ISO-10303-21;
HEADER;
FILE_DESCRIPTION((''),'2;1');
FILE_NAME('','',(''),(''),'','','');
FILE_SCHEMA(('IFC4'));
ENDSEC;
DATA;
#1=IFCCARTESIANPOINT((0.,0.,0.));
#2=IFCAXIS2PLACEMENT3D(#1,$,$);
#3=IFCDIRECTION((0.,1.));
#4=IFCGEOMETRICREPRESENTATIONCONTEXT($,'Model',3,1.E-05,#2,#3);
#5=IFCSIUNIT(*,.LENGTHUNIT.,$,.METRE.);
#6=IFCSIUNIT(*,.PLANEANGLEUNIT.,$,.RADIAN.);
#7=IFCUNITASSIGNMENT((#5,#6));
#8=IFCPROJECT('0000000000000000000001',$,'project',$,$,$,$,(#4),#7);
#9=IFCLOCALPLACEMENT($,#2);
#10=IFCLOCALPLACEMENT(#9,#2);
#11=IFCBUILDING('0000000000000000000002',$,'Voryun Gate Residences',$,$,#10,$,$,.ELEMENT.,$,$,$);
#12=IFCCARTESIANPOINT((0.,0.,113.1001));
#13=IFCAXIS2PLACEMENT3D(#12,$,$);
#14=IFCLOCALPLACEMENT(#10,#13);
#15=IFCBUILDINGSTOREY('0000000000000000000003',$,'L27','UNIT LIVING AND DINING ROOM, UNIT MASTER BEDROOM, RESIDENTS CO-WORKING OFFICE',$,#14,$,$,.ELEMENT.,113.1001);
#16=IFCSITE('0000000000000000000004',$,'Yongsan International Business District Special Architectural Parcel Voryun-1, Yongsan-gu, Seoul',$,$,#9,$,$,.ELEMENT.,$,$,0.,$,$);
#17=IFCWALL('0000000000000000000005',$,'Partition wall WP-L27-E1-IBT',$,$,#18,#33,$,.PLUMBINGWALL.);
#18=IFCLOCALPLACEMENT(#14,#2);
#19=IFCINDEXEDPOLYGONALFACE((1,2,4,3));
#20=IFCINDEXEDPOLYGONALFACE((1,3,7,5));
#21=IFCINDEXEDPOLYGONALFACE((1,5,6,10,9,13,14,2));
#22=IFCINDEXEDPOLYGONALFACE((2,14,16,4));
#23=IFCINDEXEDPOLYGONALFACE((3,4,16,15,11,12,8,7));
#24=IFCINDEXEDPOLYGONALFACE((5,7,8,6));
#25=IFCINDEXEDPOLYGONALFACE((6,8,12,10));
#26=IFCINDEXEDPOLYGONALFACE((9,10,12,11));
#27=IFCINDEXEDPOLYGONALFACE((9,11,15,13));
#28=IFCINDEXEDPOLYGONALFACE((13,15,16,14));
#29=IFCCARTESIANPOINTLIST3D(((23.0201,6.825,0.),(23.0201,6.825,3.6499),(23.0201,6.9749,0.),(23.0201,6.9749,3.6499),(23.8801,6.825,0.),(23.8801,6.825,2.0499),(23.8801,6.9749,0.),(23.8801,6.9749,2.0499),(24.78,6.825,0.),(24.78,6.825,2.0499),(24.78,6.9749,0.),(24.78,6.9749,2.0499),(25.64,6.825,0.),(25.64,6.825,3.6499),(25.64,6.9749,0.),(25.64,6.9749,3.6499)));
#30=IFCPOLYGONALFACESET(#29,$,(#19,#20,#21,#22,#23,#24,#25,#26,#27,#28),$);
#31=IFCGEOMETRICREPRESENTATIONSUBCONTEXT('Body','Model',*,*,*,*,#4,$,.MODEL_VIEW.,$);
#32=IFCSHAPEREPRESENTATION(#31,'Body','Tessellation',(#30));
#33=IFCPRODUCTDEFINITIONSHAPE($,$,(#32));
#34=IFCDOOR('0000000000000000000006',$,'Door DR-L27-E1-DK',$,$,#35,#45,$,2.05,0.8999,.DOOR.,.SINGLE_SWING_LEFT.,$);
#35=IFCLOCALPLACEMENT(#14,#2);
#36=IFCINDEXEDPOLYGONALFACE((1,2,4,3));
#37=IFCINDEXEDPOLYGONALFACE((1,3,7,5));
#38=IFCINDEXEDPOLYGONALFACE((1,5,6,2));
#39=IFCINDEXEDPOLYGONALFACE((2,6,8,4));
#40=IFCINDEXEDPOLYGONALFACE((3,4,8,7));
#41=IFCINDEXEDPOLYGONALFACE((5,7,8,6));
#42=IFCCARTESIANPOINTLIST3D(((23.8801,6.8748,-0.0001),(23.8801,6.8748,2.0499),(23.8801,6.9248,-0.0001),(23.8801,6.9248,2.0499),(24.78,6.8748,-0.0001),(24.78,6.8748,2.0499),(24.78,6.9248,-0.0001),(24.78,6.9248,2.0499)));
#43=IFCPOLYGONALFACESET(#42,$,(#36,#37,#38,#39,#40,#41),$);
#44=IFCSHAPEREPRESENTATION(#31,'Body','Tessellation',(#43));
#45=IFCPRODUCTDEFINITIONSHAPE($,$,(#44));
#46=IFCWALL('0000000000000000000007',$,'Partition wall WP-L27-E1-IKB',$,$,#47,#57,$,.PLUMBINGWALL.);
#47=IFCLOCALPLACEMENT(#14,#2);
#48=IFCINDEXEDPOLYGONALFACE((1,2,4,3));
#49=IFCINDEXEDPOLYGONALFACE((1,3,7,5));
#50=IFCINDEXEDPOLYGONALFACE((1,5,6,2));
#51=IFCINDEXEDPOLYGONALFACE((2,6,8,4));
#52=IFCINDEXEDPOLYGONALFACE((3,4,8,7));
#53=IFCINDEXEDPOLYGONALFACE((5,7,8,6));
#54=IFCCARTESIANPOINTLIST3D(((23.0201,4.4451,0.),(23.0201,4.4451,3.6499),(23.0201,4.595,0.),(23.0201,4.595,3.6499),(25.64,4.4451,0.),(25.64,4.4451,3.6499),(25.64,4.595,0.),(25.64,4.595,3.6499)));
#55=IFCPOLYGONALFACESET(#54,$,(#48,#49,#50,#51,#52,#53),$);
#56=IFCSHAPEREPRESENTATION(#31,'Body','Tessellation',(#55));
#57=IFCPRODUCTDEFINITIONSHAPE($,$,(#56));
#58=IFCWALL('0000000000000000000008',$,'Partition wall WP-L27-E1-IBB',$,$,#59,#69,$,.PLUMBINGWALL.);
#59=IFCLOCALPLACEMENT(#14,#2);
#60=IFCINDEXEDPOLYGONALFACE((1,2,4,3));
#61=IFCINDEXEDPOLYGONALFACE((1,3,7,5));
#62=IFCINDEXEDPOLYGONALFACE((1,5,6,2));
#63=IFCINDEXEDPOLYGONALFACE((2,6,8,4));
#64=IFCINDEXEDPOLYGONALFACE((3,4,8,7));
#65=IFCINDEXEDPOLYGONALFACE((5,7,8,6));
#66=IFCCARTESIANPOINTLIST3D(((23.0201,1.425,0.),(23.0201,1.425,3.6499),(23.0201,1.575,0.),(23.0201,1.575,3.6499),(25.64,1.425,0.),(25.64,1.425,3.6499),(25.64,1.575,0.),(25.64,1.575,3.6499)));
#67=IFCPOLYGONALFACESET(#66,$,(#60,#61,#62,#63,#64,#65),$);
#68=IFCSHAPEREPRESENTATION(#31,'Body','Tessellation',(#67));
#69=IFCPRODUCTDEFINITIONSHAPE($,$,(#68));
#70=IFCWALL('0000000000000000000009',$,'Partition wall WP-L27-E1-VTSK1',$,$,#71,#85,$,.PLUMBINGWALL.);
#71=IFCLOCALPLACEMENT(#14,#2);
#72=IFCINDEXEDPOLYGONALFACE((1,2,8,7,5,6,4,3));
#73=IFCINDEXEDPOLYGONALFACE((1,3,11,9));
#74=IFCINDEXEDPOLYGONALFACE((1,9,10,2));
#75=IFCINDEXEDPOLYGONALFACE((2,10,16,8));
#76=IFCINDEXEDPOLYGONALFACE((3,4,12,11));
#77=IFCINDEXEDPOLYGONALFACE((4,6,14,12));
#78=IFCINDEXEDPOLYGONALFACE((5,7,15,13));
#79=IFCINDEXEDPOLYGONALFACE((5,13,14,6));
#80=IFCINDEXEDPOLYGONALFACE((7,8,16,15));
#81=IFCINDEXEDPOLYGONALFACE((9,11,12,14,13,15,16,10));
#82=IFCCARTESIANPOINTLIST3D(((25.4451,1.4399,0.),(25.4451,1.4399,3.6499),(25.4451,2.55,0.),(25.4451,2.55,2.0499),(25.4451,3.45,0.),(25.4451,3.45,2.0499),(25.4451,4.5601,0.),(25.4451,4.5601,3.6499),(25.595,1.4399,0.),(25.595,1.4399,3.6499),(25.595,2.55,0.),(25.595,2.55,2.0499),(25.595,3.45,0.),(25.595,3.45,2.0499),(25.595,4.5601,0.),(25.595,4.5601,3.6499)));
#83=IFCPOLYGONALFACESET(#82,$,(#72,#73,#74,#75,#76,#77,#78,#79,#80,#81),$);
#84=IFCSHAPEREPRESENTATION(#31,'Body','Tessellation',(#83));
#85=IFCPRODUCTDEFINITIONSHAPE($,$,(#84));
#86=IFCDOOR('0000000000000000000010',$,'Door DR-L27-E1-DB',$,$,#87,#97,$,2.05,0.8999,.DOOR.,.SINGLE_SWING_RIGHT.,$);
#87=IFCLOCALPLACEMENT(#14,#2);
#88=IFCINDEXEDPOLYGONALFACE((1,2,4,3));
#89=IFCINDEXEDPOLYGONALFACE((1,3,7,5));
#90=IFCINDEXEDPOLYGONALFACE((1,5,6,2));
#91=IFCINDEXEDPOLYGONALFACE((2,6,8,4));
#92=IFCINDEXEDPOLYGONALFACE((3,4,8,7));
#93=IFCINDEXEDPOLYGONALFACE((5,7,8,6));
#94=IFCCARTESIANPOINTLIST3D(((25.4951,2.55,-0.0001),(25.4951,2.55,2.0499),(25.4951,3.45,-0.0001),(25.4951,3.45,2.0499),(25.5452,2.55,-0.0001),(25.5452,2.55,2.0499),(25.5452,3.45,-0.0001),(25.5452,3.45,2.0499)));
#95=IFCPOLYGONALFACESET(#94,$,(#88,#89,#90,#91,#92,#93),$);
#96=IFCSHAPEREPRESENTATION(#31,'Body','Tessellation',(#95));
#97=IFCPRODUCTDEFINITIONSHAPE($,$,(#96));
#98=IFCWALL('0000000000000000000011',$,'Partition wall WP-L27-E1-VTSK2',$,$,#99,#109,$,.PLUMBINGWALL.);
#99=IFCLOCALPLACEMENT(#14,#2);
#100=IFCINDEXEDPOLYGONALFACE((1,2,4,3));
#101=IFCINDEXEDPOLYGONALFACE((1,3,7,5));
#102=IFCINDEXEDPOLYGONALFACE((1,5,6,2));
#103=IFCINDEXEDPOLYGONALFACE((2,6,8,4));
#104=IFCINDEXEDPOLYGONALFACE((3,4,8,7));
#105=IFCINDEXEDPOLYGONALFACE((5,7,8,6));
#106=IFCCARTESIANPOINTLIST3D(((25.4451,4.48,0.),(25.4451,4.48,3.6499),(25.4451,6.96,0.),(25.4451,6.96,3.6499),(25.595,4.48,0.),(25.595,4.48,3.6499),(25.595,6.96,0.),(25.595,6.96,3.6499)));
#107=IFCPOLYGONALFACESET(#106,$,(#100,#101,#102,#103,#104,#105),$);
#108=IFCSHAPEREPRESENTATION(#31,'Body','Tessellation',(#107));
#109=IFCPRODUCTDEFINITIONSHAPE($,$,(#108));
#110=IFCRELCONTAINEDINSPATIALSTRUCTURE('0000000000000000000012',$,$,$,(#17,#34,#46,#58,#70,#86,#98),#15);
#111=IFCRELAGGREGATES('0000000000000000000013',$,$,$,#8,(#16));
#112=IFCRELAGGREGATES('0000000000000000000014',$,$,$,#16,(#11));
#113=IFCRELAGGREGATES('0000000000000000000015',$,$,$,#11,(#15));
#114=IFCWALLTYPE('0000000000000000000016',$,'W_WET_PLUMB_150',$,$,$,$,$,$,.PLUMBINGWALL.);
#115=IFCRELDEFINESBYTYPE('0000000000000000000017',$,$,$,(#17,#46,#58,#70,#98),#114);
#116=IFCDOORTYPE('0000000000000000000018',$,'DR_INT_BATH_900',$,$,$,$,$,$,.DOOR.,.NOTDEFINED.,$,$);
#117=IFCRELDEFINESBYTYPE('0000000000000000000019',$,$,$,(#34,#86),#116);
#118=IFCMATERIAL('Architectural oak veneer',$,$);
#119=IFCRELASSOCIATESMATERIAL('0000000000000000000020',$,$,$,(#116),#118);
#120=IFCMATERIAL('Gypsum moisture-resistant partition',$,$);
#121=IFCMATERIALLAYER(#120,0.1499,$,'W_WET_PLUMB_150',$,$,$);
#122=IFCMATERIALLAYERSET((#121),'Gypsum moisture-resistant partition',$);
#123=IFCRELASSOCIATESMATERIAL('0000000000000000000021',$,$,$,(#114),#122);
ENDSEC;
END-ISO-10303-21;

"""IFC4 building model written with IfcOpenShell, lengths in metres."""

from ifc_helpers import new_model, si_unit, direction, frame, frame_2d, origin, place, context, subcontext, project, spatial, rectangle, extrude, material, layer, layer_set, type_object, element, fill, save


model = new_model("IFC4")

# Units and contexts
model_context = context("Model", 3, precision=1e-05, world=origin(), true_north=direction((0.0, 1.0)))
body_context = subcontext(model_context, "Body", "Model", "MODEL_VIEW")
ifc_project = project(units=[si_unit("LENGTHUNIT", "METRE"), si_unit("PLANEANGLEUNIT", "RADIAN")], contexts=[model_context])

# Site, building, storey
site_placement = place(None, origin())
site = spatial("IfcSite", under=ifc_project, at=site_placement, Name="Yongsan International Business District Special Architectural Parcel Voryun-1, Yongsan-gu, Seoul", CompositionType="ELEMENT", RefElevation=0.0)
building_placement = place(site_placement, origin())
building = spatial("IfcBuilding", under=site, at=building_placement, Name="Voryun Gate Residences", CompositionType="ELEMENT")
storey_placement = place(building_placement, frame((0.0, 0.0, 113.1001)))
storey = spatial("IfcBuildingStorey", under=building, at=storey_placement, Name="L27", Description="UNIT LIVING AND DINING ROOM, UNIT MASTER BEDROOM, RESIDENTS CO-WORKING OFFICE", CompositionType="ELEMENT", Elevation=113.1001)

# Wall, opening, door
ifc_material_1 = material(Name="Architectural oak veneer")
door_type_1 = type_object("IfcDoorType", Name="DR_INT_BATH_900", OperationType="NOTDEFINED", PredefinedType="DOOR", material=ifc_material_1)
ifc_material_2 = material(Name="Gypsum moisture-resistant partition")
ifc_layer_1 = layer(ifc_material_2, 0.1499, Name="W_WET_PLUMB_150")
ifc_layer_set_1 = layer_set([ifc_layer_1], Name="Gypsum moisture-resistant partition")
wall_type_1 = type_object("IfcWallType", Name="W_WET_PLUMB_150", PredefinedType="PLUMBINGWALL", material=ifc_layer_set_1)
wall_1_placement = place(storey_placement, frame((23.02, 6.8999, 0.0), z_axis=(0.0, 0.0, 1.0), x_axis=(1.0, 0.0, 0.0)))
wall_1 = element("IfcWall", 1, at=wall_1_placement, inside=storey, type_object=wall_type_1, Name="Partition wall WP-L27-E1-IBT", PredefinedType="PLUMBINGWALL", context=body_context, shape_type="SweptSolid", body=[
    extrude(rectangle(XDim=2.6199, YDim=0.1499, at=frame_2d((1.3101, 0.0))), origin(), (0.0, 0.0, 1.0), 3.6499),
])
opening_1_placement = place(wall_1_placement, frame((0.8601, 0.0, 0.0)))
opening_1 = element("IfcOpeningElement", 2, at=opening_1_placement, cuts=wall_1, PredefinedType="OPENING", context=body_context, shape_type="SweptSolid", body=[
    extrude(rectangle(XDim=0.8999, YDim=2.05, at=frame_2d((0.45, 1.0249))), frame((0.0, 0.085, 0.0), z_axis=(0.0, -1.0, 0.0), x_axis=(1.0, 0.0, 0.0)), (0.0, 0.0, 1.0), 0.1699),
])
door_1_placement = place(opening_1_placement, origin())
door_1 = element("IfcDoor", 3, at=door_1_placement, inside=storey, type_object=door_type_1, Name="Door DR-L27-E1-DK", OperationType="SINGLE_SWING_LEFT", OverallHeight=2.05, OverallWidth=0.8999, PredefinedType="DOOR", context=body_context, shape_type="SweptSolid", body=[
    extrude(rectangle(XDim=0.8999, YDim=2.05, at=frame_2d((0.45, 1.0249))), frame((0.0, 0.0249, 0.0), z_axis=(0.0, -1.0, 0.0), x_axis=(1.0, 0.0, 0.0)), (0.0, 0.0, 1.0), 0.05),
])
fill(opening_1, door_1)

# Walls
for number, where, z_axis, x_axis, name in (
    (4, (23.02, 4.52, 0.0), (0.0, 0.0, 1.0), (1.0, 0.0, 0.0), "Partition wall WP-L27-E1-IKB"),
    (5, (23.02, 1.5, 0.0), (0.0, 0.0, 1.0), (1.0, 0.0, 0.0), "Partition wall WP-L27-E1-IBB"),
):
    element("IfcWall", number, at=place(storey_placement, frame(where, z_axis=z_axis, x_axis=x_axis)), inside=storey, type_object=wall_type_1, Name=name, PredefinedType="PLUMBINGWALL", context=body_context, shape_type="SweptSolid", body=[
        extrude(rectangle(XDim=2.6199, YDim=0.1499, at=frame_2d((1.3101, 0.0))), origin(), (0.0, 0.0, 1.0), 3.6499),
    ])

# Wall, opening, door
wall_2_placement = place(storey_placement, frame((25.52, 1.4399, 0.0), z_axis=(0.0, 0.0, 1.0), x_axis=(0.0, 1.0, 0.0)))
wall_2 = element("IfcWall", 6, at=wall_2_placement, inside=storey, type_object=wall_type_1, Name="Partition wall WP-L27-E1-VTSK1", PredefinedType="PLUMBINGWALL", context=body_context, shape_type="SweptSolid", body=[
    extrude(rectangle(XDim=3.1201, YDim=0.1499, at=frame_2d((1.5601, 0.0))), origin(), (0.0, 0.0, 1.0), 3.6499),
])
opening_2_placement = place(wall_2_placement, frame((1.1101, 0.0, 0.0)))
opening_2 = element("IfcOpeningElement", 7, at=opening_2_placement, cuts=wall_2, PredefinedType="OPENING", context=body_context, shape_type="SweptSolid", body=[
    extrude(rectangle(XDim=0.8999, YDim=2.05, at=frame_2d((0.45, 1.0249))), frame((0.0, 0.085, 0.0), z_axis=(0.0, -1.0, 0.0), x_axis=(1.0, 0.0, 0.0)), (0.0, 0.0, 1.0), 0.1699),
])
door_2_placement = place(opening_2_placement, origin())
door_2 = element("IfcDoor", 8, at=door_2_placement, inside=storey, type_object=door_type_1, Name="Door DR-L27-E1-DB", OperationType="SINGLE_SWING_RIGHT", OverallHeight=2.05, OverallWidth=0.8999, PredefinedType="DOOR", context=body_context, shape_type="SweptSolid", body=[
    extrude(rectangle(XDim=0.8999, YDim=2.05, at=frame_2d((0.45, 1.0249))), frame((0.0, 0.0249, 0.0), z_axis=(0.0, -1.0, 0.0), x_axis=(1.0, 0.0, 0.0)), (0.0, 0.0, 1.0), 0.05),
])
fill(opening_2, door_2)

# Wall
wall_3_placement = place(storey_placement, frame((25.52, 4.48, 0.0), z_axis=(0.0, 0.0, 1.0), x_axis=(0.0, 1.0, 0.0)))
element("IfcWall", 9, at=wall_3_placement, inside=storey, type_object=wall_type_1, Name="Partition wall WP-L27-E1-VTSK2", PredefinedType="PLUMBINGWALL", context=body_context, shape_type="SweptSolid", body=[
    extrude(rectangle(XDim=2.48, YDim=0.1499, at=frame_2d((1.24, 0.0))), origin(), (0.0, 0.0, 1.0), 3.6499),
])

save(model, "model.ifc")
